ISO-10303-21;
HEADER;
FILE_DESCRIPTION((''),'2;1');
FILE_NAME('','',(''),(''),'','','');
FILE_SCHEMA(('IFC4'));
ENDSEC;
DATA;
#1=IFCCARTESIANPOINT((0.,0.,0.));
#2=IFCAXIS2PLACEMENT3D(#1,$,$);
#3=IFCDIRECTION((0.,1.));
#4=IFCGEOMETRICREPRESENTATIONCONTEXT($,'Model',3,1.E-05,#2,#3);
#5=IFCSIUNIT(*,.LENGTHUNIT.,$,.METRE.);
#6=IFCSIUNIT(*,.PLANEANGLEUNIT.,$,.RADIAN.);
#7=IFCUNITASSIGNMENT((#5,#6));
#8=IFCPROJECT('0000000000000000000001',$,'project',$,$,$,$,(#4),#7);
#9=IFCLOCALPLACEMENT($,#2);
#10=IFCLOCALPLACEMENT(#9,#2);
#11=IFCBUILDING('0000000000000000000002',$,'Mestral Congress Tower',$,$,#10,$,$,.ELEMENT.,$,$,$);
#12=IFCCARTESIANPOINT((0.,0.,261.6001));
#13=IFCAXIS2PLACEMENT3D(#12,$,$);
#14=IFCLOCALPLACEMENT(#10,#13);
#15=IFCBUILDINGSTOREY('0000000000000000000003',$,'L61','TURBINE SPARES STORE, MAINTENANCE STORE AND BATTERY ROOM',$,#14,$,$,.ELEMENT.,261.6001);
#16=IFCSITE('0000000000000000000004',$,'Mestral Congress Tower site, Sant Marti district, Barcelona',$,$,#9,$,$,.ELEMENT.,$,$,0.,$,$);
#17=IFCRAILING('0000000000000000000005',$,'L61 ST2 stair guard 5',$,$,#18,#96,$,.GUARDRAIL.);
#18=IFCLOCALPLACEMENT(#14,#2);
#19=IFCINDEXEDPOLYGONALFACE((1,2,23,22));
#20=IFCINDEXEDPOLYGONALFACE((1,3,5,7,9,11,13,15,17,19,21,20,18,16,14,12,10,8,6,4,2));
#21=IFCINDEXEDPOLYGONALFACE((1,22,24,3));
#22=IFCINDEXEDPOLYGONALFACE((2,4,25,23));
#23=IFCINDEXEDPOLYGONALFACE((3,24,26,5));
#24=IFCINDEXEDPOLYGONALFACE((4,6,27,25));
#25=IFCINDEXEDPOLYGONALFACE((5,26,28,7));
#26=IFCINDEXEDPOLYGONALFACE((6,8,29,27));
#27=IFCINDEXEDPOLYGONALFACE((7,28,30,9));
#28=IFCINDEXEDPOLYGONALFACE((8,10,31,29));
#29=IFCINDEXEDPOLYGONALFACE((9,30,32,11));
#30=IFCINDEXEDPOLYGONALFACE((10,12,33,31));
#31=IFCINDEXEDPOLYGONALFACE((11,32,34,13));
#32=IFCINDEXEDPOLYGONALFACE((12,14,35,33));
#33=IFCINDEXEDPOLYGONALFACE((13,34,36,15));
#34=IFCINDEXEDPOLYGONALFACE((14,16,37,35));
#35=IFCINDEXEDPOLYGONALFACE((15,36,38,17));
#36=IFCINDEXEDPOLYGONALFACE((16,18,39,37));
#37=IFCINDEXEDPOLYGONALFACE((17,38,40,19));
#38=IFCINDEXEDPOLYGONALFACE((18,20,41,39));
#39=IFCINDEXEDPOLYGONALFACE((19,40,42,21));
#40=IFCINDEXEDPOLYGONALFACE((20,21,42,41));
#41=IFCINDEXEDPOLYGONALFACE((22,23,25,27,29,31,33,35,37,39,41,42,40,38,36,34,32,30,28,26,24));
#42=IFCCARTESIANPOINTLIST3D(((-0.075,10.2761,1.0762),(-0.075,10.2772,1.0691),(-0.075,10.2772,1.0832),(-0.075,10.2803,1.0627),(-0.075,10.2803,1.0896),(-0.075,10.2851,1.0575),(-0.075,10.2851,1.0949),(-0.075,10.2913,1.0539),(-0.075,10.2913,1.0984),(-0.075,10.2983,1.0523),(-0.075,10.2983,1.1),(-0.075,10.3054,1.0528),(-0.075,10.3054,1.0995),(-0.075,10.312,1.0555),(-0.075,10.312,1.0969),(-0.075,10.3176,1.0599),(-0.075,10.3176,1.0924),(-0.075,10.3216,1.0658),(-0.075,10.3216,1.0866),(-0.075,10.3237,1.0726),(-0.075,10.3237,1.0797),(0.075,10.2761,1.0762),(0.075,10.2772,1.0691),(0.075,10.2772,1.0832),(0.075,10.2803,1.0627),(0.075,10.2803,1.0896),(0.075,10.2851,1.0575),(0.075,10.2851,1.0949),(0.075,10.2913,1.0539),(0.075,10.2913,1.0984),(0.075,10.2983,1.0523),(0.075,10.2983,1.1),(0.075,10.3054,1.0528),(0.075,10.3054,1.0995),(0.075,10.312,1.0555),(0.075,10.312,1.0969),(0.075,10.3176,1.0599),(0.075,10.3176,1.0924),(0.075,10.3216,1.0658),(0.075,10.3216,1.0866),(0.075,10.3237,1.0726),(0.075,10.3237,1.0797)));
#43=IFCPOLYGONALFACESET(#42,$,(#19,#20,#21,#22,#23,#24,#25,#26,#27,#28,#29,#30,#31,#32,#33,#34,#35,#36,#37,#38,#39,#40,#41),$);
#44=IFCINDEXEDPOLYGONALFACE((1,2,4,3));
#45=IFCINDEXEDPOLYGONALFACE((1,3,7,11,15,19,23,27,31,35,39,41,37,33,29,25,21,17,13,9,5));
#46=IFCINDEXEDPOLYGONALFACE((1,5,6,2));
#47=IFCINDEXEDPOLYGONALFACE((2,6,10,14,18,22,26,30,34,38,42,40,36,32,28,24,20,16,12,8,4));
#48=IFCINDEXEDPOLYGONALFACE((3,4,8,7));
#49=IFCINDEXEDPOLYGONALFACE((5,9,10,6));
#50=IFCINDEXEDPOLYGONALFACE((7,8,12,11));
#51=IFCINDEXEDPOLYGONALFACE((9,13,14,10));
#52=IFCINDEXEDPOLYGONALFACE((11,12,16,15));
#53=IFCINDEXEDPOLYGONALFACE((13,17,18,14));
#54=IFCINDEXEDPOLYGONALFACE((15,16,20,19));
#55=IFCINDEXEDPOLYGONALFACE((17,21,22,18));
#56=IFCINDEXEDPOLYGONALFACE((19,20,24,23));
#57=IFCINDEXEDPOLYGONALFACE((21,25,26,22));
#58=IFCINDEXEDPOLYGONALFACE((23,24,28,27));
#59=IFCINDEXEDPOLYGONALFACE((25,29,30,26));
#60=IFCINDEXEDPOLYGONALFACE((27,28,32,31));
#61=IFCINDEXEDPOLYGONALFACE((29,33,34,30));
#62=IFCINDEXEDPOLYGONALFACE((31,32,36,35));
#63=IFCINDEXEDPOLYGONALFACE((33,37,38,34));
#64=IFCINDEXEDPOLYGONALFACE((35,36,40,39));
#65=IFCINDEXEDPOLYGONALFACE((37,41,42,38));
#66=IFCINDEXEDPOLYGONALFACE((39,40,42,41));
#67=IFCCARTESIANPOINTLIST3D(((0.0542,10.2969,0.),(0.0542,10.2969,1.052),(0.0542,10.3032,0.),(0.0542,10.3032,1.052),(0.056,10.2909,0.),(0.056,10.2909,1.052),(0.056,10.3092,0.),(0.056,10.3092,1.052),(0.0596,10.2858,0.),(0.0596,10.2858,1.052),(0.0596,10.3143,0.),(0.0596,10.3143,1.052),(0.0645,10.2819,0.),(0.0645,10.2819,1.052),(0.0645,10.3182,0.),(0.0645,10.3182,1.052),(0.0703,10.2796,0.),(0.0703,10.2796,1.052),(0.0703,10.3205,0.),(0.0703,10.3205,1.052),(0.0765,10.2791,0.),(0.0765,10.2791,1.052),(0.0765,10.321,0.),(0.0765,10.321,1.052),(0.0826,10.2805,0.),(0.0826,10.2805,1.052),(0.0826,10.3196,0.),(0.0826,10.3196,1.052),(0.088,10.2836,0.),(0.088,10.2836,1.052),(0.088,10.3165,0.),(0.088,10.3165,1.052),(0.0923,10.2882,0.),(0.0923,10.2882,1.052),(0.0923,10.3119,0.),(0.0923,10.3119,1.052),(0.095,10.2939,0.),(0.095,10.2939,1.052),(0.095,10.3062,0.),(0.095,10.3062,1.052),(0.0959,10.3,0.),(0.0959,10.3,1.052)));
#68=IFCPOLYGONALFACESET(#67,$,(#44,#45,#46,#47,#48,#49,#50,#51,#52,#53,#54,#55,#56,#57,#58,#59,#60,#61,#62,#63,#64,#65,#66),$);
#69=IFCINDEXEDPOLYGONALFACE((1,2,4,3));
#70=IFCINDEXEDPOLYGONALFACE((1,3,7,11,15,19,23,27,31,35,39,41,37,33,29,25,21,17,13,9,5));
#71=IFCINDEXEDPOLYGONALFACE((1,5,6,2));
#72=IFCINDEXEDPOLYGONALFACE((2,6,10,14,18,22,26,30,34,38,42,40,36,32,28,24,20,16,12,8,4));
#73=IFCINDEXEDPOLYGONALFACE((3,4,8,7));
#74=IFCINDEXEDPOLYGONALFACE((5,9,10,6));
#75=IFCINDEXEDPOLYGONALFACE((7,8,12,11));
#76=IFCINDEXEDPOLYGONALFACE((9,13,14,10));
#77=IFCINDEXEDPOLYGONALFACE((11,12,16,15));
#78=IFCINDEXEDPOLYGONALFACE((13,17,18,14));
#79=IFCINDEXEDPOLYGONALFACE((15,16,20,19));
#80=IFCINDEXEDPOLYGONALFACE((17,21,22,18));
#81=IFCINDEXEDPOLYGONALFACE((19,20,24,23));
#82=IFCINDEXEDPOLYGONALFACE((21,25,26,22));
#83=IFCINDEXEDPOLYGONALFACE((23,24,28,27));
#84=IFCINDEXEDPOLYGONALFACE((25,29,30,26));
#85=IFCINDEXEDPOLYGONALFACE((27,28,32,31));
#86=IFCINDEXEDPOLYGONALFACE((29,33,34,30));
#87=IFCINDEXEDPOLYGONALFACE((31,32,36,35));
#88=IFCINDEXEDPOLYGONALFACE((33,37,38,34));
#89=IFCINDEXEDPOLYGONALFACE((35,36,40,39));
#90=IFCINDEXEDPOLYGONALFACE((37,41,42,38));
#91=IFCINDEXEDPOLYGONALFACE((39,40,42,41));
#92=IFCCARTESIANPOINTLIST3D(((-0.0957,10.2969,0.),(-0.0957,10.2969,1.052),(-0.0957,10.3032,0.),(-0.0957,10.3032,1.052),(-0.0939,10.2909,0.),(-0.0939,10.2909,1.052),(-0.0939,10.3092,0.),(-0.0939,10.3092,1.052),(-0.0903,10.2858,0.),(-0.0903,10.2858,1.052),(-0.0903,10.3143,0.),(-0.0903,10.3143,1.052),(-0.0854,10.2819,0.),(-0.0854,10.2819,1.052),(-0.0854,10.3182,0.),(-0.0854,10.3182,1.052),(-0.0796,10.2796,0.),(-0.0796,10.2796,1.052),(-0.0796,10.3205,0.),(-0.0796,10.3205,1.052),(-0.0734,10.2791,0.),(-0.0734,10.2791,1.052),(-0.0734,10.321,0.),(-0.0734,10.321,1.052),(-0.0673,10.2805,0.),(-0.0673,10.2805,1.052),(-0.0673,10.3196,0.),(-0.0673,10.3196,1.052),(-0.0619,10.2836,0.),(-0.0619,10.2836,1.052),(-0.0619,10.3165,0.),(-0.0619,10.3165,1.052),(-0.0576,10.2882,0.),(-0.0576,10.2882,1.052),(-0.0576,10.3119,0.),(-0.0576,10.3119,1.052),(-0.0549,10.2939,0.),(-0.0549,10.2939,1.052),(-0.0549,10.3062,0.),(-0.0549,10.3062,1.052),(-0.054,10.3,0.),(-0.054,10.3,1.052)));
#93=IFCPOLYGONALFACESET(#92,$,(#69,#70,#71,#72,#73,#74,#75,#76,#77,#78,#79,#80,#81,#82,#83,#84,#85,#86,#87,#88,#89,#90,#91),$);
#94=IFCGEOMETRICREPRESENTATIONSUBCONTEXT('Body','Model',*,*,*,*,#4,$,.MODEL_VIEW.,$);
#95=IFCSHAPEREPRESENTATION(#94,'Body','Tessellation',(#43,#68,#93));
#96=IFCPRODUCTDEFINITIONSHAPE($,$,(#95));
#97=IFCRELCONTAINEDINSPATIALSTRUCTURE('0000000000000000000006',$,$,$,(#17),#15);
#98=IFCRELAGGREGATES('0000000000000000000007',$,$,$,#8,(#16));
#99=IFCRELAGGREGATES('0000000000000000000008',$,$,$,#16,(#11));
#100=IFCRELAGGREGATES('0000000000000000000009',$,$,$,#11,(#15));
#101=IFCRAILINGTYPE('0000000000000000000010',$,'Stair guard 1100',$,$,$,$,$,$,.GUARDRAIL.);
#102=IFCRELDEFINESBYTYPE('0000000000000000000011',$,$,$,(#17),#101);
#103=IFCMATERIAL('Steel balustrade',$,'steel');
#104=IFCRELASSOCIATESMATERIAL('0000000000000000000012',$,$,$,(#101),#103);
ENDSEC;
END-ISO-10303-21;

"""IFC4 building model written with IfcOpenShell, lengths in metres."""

from ifc_helpers import new_model, si_unit, direction, frame, origin, origin_2d, place, context, subcontext, project, spatial, circle, extrude, material, type_object, element, save


model = new_model("IFC4")

# Units and contexts
model_context = context("Model", 3, precision=1e-05, world=origin(), true_north=direction((0.0, 1.0)))
body_context = subcontext(model_context, "Body", "Model", "MODEL_VIEW")
ifc_project = project(units=[si_unit("LENGTHUNIT", "METRE"), si_unit("PLANEANGLEUNIT", "RADIAN")], contexts=[model_context])

# Site, building, storey
site_placement = place(None, origin())
site = spatial("IfcSite", under=ifc_project, at=site_placement, Name="Mestral Congress Tower site, Sant Marti district, Barcelona", CompositionType="ELEMENT", RefElevation=0.0)
building_placement = place(site_placement, origin())
building = spatial("IfcBuilding", under=site, at=building_placement, Name="Mestral Congress Tower", CompositionType="ELEMENT")
storey_placement = place(building_placement, frame((0.0, 0.0, 261.6001)))
storey = spatial("IfcBuildingStorey", under=building, at=storey_placement, Name="L61", Description="TURBINE SPARES STORE, MAINTENANCE STORE AND BATTERY ROOM", CompositionType="ELEMENT", Elevation=261.6001)

# Railing
ifc_material_1 = material(Name="Steel balustrade", Category="steel")
railing_type_1 = type_object("IfcRailingType", Name="Stair guard 1100", PredefinedType="GUARDRAIL", material=ifc_material_1)
railing_1_placement = place(storey_placement, frame((0.075, 10.3, 0.0)))
element("IfcRailing", 1, at=railing_1_placement, inside=storey, type_object=railing_type_1, Name="L61 ST2 stair guard 5", PredefinedType="GUARDRAIL", context=body_context, shape_type="SweptSolid", body=[
    extrude(circle(Radius=0.0239, at=origin_2d()), frame((0.0, 0.0, 1.0762), z_axis=(-1.0, 0.0, 0.0), x_axis=(0.0, -1.0, 0.0)), (0.0, 0.0, 1.0), 0.1499),
    extrude(circle(Radius=0.021, at=origin_2d()), origin(), (0.0, 0.0, 1.0), 1.052),
    extrude(circle(Radius=0.021, at=origin_2d()), frame((-0.1499, 0.0, 0.0)), (0.0, 0.0, 1.0), 1.052),
])

save(model, "model.ifc")
